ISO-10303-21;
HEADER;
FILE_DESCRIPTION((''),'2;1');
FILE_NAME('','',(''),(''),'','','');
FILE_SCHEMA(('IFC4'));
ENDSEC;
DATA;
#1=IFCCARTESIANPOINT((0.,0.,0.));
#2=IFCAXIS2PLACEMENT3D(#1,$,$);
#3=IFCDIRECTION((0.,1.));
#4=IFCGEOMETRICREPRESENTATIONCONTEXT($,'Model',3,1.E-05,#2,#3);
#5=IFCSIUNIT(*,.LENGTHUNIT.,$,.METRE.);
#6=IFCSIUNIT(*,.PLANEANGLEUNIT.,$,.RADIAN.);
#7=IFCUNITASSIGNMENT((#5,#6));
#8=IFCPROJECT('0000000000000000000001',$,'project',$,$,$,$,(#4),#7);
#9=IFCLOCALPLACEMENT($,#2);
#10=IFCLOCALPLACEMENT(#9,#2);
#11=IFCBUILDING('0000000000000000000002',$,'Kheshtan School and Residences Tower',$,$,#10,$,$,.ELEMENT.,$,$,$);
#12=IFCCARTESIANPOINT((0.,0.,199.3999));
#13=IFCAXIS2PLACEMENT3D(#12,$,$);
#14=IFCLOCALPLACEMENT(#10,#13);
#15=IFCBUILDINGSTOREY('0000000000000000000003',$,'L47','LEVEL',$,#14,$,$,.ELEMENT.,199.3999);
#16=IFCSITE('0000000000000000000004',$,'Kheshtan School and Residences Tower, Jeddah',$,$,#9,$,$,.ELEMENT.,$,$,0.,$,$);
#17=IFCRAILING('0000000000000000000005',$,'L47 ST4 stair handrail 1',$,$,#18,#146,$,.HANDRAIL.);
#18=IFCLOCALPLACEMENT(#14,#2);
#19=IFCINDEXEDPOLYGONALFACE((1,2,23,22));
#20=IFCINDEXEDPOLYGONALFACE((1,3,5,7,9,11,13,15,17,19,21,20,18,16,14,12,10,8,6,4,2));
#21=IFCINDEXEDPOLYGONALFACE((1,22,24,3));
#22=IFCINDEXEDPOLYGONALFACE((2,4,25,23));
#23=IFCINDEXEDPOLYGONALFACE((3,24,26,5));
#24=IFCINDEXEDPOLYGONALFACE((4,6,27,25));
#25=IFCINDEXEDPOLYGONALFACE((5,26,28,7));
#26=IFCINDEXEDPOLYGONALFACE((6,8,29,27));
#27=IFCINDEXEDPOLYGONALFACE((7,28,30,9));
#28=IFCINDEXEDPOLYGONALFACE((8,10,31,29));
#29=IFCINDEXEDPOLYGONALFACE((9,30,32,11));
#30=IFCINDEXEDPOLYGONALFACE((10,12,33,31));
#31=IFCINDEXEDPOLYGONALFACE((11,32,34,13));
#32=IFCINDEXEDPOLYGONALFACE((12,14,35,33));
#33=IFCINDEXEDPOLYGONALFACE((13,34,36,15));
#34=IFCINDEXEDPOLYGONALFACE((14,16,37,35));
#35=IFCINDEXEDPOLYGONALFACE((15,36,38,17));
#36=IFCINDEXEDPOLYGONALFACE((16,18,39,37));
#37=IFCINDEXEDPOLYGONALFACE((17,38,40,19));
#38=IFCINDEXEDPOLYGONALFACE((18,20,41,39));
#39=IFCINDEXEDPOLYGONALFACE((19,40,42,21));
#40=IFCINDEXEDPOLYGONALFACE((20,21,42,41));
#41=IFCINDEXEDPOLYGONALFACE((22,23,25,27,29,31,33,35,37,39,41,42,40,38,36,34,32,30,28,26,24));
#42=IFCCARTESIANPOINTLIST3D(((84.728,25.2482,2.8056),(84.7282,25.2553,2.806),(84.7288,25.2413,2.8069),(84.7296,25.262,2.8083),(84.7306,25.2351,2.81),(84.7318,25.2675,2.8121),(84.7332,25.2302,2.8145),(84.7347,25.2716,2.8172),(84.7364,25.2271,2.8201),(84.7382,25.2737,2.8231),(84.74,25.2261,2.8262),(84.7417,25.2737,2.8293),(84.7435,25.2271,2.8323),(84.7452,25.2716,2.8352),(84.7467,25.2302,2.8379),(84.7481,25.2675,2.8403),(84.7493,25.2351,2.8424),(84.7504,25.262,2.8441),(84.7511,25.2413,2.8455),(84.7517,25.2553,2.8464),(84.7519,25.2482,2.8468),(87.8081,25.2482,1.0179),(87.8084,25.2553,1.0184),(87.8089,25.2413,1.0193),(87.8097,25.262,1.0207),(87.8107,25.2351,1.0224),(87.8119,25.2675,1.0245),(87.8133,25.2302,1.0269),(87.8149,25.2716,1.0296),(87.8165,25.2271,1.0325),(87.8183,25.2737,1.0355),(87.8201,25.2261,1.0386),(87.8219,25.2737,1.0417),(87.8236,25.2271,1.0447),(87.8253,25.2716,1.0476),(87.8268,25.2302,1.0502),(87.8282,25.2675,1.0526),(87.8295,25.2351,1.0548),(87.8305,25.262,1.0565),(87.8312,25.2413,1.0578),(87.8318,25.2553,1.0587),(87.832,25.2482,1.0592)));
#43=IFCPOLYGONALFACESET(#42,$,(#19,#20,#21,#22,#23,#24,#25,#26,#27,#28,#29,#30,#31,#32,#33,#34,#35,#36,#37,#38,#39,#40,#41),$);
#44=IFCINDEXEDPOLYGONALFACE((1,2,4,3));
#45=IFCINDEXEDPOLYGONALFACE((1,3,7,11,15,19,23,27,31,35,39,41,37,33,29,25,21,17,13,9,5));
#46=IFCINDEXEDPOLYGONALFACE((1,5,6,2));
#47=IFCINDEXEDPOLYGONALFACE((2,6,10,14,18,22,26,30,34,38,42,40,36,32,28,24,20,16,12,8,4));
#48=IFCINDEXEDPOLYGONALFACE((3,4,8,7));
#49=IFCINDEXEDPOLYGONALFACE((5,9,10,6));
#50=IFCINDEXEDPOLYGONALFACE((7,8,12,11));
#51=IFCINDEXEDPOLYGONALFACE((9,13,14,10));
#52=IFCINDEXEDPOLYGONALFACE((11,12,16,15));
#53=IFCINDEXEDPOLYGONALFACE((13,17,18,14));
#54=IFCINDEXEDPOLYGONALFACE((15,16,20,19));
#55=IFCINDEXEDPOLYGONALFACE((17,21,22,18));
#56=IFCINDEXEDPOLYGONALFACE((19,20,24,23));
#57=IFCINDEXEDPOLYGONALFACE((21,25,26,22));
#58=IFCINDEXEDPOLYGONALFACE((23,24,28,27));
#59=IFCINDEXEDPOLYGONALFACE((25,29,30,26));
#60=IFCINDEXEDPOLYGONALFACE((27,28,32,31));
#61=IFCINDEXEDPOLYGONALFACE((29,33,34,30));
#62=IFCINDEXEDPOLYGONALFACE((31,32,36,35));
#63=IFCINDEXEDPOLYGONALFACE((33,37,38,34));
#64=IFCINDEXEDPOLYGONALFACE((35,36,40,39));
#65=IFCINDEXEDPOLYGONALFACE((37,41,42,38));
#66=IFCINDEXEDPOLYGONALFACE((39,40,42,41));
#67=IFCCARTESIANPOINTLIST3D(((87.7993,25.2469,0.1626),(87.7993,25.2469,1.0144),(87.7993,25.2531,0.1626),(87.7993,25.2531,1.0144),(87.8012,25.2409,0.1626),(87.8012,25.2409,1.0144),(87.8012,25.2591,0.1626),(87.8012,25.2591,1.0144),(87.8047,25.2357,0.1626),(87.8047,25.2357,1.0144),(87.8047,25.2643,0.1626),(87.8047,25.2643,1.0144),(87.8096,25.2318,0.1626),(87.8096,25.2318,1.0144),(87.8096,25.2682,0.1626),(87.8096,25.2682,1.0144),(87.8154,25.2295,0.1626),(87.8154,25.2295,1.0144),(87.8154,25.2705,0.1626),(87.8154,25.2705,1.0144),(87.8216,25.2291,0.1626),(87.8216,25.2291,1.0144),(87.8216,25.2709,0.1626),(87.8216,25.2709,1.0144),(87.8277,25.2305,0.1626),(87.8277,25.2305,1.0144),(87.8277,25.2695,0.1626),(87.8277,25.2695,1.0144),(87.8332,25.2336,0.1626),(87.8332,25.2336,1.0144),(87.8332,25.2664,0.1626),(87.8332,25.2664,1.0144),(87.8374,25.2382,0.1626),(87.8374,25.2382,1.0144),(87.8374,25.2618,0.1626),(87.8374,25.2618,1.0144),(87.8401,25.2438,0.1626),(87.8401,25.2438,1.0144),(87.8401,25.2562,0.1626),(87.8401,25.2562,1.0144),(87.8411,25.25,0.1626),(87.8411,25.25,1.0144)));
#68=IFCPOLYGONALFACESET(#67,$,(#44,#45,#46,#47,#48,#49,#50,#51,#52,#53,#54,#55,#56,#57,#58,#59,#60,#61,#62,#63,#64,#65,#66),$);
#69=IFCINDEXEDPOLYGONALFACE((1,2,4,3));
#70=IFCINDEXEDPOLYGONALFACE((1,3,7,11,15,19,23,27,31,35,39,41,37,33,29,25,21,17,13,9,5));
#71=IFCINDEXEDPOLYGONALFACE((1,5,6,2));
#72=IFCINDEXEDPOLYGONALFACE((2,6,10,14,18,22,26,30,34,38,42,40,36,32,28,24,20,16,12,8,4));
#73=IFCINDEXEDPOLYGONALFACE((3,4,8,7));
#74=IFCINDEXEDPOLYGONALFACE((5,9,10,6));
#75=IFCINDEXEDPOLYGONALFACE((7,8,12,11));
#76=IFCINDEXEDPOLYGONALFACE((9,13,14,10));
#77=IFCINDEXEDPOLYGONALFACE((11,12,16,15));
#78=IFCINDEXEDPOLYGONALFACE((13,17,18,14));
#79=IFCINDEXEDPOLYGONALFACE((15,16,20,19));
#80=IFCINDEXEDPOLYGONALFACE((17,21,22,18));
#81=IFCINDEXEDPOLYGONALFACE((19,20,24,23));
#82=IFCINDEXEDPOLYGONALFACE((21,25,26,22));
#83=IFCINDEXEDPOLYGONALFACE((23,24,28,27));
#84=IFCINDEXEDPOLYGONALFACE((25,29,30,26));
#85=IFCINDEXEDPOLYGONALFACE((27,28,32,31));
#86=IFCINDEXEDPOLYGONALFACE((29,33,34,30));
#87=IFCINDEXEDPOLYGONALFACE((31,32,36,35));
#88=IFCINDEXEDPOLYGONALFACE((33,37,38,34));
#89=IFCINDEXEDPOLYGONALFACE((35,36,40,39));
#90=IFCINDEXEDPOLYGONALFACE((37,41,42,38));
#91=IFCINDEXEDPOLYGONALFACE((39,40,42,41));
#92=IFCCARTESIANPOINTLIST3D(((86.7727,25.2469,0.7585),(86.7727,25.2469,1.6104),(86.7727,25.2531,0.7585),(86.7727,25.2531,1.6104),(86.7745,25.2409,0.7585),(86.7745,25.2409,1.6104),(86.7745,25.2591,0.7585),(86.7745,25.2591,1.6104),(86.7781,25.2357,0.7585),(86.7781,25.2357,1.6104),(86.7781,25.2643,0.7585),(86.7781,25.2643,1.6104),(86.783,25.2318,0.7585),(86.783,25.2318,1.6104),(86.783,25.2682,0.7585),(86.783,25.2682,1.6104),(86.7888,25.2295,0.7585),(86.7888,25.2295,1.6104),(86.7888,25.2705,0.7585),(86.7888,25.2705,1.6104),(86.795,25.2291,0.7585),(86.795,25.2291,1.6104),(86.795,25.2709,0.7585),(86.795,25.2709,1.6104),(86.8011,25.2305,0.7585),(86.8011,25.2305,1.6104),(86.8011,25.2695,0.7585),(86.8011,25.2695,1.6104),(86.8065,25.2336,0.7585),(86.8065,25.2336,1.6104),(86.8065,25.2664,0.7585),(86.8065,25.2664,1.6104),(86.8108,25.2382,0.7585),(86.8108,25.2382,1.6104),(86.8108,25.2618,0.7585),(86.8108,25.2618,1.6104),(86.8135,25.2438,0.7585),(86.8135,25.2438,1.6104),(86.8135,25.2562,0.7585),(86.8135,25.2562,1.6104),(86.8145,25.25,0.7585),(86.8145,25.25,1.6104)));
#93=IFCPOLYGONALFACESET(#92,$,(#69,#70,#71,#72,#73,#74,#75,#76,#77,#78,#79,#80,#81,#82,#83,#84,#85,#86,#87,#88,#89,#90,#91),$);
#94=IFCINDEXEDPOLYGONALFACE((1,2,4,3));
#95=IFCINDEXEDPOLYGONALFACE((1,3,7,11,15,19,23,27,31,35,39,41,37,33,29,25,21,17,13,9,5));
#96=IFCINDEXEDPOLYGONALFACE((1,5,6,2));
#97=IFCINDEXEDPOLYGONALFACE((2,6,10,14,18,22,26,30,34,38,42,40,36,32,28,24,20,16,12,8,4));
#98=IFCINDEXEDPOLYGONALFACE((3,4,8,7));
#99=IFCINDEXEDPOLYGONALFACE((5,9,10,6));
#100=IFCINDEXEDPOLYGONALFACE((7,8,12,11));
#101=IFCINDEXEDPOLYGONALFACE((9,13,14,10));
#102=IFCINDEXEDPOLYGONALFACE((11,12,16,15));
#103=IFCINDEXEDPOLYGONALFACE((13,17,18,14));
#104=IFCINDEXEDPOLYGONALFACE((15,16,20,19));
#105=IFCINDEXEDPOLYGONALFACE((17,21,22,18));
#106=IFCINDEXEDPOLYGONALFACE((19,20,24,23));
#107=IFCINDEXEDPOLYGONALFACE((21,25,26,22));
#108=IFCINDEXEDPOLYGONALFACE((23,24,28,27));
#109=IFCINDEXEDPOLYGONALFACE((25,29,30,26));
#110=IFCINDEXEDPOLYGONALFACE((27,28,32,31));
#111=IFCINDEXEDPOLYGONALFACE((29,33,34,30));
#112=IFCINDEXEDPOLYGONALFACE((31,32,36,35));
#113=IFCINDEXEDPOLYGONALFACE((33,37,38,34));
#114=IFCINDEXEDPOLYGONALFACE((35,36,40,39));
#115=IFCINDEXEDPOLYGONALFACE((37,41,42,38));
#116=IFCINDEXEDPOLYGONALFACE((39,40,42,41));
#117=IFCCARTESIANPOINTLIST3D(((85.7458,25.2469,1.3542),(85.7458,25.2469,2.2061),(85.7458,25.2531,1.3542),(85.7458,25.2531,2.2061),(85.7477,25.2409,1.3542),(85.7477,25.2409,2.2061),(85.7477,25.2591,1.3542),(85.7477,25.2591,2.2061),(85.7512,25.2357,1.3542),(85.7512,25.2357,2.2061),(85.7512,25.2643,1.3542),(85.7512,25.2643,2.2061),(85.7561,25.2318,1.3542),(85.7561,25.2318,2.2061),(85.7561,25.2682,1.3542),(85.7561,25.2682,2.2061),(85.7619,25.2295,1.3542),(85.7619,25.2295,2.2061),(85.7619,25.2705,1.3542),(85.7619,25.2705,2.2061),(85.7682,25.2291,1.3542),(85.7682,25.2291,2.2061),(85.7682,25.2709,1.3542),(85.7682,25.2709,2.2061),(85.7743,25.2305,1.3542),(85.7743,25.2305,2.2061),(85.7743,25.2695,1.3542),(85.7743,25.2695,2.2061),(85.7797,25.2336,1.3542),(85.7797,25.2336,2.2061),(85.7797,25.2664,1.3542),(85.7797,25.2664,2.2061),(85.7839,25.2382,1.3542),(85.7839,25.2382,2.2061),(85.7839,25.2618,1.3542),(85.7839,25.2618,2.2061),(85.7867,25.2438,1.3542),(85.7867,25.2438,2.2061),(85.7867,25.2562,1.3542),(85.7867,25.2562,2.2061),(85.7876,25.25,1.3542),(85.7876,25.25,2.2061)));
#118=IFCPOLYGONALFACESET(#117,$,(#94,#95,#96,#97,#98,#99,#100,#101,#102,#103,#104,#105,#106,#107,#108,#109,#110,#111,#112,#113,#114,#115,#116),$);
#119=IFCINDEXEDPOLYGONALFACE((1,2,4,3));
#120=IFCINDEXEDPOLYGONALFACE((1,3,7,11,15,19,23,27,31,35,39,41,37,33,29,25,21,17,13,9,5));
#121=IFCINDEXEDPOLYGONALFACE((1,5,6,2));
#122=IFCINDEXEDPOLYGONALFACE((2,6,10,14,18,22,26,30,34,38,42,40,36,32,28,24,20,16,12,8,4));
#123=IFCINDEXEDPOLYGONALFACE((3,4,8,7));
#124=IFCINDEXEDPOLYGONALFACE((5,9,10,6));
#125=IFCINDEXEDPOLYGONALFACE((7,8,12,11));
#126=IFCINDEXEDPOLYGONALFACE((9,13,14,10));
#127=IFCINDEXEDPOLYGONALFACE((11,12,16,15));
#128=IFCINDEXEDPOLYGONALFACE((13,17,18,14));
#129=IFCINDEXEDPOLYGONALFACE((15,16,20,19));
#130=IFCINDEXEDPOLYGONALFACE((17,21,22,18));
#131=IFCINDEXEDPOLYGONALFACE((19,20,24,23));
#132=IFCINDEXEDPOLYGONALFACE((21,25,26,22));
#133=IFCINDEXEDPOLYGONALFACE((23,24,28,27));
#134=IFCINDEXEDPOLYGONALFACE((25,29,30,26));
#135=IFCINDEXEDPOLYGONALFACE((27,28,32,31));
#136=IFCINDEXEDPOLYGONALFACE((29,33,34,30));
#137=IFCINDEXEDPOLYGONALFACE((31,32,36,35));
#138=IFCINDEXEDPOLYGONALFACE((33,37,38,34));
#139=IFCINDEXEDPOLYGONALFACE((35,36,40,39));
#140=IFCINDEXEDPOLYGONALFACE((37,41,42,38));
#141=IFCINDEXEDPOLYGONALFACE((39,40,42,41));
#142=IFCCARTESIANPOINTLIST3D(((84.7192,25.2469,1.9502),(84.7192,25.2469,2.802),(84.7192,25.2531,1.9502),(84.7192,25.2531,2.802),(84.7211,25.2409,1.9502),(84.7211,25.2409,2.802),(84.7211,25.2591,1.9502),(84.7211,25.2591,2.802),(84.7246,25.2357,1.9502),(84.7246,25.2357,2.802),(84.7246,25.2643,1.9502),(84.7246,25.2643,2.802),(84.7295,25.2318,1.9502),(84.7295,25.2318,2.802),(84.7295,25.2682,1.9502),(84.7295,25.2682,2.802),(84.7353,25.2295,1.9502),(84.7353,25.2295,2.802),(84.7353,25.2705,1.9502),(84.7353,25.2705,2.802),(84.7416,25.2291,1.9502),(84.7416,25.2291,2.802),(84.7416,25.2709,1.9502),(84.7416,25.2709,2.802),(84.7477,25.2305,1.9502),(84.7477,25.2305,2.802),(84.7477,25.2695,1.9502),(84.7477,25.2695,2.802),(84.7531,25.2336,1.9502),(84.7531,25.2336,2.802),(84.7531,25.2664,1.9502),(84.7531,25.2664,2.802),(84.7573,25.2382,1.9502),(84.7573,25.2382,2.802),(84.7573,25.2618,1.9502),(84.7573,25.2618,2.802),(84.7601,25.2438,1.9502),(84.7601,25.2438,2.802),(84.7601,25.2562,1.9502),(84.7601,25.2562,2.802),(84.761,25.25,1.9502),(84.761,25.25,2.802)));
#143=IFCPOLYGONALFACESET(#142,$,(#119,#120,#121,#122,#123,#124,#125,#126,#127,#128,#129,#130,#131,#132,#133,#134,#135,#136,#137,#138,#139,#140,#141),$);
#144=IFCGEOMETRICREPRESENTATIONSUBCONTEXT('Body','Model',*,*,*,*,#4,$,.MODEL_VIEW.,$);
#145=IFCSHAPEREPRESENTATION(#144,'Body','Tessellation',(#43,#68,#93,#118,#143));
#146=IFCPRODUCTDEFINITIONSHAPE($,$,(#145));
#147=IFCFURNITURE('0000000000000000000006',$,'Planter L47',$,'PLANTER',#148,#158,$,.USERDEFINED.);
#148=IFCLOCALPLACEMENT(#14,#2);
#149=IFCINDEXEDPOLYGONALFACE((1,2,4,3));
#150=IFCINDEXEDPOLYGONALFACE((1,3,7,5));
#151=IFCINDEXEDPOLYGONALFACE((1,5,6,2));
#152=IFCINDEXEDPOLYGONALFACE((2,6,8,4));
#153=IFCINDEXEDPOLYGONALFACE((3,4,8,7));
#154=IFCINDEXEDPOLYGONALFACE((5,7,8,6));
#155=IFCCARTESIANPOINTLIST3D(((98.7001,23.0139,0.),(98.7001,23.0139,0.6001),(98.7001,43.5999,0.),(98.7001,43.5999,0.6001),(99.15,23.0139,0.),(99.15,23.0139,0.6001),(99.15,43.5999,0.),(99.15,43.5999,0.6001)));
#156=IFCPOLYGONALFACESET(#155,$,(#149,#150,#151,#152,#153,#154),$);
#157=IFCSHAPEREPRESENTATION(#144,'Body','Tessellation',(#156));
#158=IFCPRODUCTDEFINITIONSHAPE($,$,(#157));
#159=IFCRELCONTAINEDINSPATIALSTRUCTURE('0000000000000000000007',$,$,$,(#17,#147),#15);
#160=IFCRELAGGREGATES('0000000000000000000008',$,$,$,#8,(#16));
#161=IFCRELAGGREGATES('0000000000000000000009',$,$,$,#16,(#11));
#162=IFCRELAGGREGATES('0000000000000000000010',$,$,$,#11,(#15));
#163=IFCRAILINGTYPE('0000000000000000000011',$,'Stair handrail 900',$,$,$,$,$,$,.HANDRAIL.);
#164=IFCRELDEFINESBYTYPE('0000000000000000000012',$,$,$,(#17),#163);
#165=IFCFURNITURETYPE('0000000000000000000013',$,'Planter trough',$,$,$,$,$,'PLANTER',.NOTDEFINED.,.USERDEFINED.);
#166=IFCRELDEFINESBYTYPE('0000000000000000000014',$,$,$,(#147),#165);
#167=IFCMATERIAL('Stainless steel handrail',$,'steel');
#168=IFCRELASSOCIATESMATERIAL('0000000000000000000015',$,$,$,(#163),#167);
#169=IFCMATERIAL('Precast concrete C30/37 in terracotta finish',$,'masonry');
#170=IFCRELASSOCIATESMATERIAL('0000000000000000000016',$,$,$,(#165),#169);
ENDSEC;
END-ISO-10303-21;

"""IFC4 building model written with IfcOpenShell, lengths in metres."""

from ifc_helpers import new_model, si_unit, direction, frame, origin, origin_2d, place, context, subcontext, project, spatial, rectangle, circle, extrude, material, type_object, element, save


model = new_model("IFC4")

# Units and contexts
model_context = context("Model", 3, precision=1e-05, world=origin(), true_north=direction((0.0, 1.0)))
body_context = subcontext(model_context, "Body", "Model", "MODEL_VIEW")
ifc_project = project(units=[si_unit("LENGTHUNIT", "METRE"), si_unit("PLANEANGLEUNIT", "RADIAN")], contexts=[model_context])

# Site, building, storey
site_placement = place(None, origin())
site = spatial("IfcSite", under=ifc_project, at=site_placement, Name="Kheshtan School and Residences Tower, Jeddah", CompositionType="ELEMENT", RefElevation=0.0)
building_placement = place(site_placement, origin())
building = spatial("IfcBuilding", under=site, at=building_placement, Name="Kheshtan School and Residences Tower", CompositionType="ELEMENT")
storey_placement = place(building_placement, frame((0.0, 0.0, 199.3999)))
storey = spatial("IfcBuildingStorey", under=building, at=storey_placement, Name="L47", Description="LEVEL", CompositionType="ELEMENT", Elevation=199.3999)

# Railing
ifc_material_1 = material(Name="Stainless steel handrail", Category="steel")
railing_type_1 = type_object("IfcRailingType", Name="Stair handrail 900", PredefinedType="HANDRAIL", material=ifc_material_1)
railing_1_placement = place(storey_placement, frame((87.8201, 25.25, 0.1626)))
element("IfcRailing", 1, at=railing_1_placement, inside=storey, type_object=railing_type_1, Name="L47 ST4 stair handrail 1", PredefinedType="HANDRAIL", context=body_context, shape_type="SweptSolid", body=[
    extrude(circle(Radius=0.0239, at=origin_2d()), frame((0.0, 0.0, 0.876), z_axis=(-0.864891, 0.0, 0.50196), x_axis=(0.0, -1.0, 0.0)), (0.0, 0.0, 1.0), 3.5613),
    extrude(circle(Radius=0.021, at=origin_2d()), origin(), (0.0, 0.0, 1.0), 0.8518),
    extrude(circle(Radius=0.021, at=origin_2d()), frame((-1.0266, 0.0, 0.5959)), (0.0, 0.0, 1.0), 0.8518),
    extrude(circle(Radius=0.021, at=origin_2d()), frame((-2.0535, 0.0, 1.1917)), (0.0, 0.0, 1.0), 0.8518),
    extrude(circle(Radius=0.021, at=origin_2d()), frame((-3.0801, 0.0, 1.7876)), (0.0, 0.0, 1.0), 0.8518),
])

# Furniture
ifc_material_2 = material(Name="Precast concrete C30/37 in terracotta finish", Category="masonry")
furniture_type = type_object("IfcFurnitureType", Name="Planter trough", ElementType="PLANTER", AssemblyPlace="NOTDEFINED", PredefinedType="USERDEFINED", material=ifc_material_2)
furniture_placement = place(storey_placement, frame((98.925, 33.3069, 0.0), z_axis=(0.0, 0.0, 1.0), x_axis=(0.0, -1.0, 0.0)))
element("IfcFurniture", 2, at=furniture_placement, inside=storey, type_object=furniture_type, Name="Planter L47", ObjectType="PLANTER", PredefinedType="USERDEFINED", context=body_context, shape_type="SweptSolid", body=[
    extrude(rectangle(XDim=20.5859, YDim=0.45, at=origin_2d()), origin(), (0.0, 0.0, 1.0), 0.6001),
])

save(model, "model.ifc")
